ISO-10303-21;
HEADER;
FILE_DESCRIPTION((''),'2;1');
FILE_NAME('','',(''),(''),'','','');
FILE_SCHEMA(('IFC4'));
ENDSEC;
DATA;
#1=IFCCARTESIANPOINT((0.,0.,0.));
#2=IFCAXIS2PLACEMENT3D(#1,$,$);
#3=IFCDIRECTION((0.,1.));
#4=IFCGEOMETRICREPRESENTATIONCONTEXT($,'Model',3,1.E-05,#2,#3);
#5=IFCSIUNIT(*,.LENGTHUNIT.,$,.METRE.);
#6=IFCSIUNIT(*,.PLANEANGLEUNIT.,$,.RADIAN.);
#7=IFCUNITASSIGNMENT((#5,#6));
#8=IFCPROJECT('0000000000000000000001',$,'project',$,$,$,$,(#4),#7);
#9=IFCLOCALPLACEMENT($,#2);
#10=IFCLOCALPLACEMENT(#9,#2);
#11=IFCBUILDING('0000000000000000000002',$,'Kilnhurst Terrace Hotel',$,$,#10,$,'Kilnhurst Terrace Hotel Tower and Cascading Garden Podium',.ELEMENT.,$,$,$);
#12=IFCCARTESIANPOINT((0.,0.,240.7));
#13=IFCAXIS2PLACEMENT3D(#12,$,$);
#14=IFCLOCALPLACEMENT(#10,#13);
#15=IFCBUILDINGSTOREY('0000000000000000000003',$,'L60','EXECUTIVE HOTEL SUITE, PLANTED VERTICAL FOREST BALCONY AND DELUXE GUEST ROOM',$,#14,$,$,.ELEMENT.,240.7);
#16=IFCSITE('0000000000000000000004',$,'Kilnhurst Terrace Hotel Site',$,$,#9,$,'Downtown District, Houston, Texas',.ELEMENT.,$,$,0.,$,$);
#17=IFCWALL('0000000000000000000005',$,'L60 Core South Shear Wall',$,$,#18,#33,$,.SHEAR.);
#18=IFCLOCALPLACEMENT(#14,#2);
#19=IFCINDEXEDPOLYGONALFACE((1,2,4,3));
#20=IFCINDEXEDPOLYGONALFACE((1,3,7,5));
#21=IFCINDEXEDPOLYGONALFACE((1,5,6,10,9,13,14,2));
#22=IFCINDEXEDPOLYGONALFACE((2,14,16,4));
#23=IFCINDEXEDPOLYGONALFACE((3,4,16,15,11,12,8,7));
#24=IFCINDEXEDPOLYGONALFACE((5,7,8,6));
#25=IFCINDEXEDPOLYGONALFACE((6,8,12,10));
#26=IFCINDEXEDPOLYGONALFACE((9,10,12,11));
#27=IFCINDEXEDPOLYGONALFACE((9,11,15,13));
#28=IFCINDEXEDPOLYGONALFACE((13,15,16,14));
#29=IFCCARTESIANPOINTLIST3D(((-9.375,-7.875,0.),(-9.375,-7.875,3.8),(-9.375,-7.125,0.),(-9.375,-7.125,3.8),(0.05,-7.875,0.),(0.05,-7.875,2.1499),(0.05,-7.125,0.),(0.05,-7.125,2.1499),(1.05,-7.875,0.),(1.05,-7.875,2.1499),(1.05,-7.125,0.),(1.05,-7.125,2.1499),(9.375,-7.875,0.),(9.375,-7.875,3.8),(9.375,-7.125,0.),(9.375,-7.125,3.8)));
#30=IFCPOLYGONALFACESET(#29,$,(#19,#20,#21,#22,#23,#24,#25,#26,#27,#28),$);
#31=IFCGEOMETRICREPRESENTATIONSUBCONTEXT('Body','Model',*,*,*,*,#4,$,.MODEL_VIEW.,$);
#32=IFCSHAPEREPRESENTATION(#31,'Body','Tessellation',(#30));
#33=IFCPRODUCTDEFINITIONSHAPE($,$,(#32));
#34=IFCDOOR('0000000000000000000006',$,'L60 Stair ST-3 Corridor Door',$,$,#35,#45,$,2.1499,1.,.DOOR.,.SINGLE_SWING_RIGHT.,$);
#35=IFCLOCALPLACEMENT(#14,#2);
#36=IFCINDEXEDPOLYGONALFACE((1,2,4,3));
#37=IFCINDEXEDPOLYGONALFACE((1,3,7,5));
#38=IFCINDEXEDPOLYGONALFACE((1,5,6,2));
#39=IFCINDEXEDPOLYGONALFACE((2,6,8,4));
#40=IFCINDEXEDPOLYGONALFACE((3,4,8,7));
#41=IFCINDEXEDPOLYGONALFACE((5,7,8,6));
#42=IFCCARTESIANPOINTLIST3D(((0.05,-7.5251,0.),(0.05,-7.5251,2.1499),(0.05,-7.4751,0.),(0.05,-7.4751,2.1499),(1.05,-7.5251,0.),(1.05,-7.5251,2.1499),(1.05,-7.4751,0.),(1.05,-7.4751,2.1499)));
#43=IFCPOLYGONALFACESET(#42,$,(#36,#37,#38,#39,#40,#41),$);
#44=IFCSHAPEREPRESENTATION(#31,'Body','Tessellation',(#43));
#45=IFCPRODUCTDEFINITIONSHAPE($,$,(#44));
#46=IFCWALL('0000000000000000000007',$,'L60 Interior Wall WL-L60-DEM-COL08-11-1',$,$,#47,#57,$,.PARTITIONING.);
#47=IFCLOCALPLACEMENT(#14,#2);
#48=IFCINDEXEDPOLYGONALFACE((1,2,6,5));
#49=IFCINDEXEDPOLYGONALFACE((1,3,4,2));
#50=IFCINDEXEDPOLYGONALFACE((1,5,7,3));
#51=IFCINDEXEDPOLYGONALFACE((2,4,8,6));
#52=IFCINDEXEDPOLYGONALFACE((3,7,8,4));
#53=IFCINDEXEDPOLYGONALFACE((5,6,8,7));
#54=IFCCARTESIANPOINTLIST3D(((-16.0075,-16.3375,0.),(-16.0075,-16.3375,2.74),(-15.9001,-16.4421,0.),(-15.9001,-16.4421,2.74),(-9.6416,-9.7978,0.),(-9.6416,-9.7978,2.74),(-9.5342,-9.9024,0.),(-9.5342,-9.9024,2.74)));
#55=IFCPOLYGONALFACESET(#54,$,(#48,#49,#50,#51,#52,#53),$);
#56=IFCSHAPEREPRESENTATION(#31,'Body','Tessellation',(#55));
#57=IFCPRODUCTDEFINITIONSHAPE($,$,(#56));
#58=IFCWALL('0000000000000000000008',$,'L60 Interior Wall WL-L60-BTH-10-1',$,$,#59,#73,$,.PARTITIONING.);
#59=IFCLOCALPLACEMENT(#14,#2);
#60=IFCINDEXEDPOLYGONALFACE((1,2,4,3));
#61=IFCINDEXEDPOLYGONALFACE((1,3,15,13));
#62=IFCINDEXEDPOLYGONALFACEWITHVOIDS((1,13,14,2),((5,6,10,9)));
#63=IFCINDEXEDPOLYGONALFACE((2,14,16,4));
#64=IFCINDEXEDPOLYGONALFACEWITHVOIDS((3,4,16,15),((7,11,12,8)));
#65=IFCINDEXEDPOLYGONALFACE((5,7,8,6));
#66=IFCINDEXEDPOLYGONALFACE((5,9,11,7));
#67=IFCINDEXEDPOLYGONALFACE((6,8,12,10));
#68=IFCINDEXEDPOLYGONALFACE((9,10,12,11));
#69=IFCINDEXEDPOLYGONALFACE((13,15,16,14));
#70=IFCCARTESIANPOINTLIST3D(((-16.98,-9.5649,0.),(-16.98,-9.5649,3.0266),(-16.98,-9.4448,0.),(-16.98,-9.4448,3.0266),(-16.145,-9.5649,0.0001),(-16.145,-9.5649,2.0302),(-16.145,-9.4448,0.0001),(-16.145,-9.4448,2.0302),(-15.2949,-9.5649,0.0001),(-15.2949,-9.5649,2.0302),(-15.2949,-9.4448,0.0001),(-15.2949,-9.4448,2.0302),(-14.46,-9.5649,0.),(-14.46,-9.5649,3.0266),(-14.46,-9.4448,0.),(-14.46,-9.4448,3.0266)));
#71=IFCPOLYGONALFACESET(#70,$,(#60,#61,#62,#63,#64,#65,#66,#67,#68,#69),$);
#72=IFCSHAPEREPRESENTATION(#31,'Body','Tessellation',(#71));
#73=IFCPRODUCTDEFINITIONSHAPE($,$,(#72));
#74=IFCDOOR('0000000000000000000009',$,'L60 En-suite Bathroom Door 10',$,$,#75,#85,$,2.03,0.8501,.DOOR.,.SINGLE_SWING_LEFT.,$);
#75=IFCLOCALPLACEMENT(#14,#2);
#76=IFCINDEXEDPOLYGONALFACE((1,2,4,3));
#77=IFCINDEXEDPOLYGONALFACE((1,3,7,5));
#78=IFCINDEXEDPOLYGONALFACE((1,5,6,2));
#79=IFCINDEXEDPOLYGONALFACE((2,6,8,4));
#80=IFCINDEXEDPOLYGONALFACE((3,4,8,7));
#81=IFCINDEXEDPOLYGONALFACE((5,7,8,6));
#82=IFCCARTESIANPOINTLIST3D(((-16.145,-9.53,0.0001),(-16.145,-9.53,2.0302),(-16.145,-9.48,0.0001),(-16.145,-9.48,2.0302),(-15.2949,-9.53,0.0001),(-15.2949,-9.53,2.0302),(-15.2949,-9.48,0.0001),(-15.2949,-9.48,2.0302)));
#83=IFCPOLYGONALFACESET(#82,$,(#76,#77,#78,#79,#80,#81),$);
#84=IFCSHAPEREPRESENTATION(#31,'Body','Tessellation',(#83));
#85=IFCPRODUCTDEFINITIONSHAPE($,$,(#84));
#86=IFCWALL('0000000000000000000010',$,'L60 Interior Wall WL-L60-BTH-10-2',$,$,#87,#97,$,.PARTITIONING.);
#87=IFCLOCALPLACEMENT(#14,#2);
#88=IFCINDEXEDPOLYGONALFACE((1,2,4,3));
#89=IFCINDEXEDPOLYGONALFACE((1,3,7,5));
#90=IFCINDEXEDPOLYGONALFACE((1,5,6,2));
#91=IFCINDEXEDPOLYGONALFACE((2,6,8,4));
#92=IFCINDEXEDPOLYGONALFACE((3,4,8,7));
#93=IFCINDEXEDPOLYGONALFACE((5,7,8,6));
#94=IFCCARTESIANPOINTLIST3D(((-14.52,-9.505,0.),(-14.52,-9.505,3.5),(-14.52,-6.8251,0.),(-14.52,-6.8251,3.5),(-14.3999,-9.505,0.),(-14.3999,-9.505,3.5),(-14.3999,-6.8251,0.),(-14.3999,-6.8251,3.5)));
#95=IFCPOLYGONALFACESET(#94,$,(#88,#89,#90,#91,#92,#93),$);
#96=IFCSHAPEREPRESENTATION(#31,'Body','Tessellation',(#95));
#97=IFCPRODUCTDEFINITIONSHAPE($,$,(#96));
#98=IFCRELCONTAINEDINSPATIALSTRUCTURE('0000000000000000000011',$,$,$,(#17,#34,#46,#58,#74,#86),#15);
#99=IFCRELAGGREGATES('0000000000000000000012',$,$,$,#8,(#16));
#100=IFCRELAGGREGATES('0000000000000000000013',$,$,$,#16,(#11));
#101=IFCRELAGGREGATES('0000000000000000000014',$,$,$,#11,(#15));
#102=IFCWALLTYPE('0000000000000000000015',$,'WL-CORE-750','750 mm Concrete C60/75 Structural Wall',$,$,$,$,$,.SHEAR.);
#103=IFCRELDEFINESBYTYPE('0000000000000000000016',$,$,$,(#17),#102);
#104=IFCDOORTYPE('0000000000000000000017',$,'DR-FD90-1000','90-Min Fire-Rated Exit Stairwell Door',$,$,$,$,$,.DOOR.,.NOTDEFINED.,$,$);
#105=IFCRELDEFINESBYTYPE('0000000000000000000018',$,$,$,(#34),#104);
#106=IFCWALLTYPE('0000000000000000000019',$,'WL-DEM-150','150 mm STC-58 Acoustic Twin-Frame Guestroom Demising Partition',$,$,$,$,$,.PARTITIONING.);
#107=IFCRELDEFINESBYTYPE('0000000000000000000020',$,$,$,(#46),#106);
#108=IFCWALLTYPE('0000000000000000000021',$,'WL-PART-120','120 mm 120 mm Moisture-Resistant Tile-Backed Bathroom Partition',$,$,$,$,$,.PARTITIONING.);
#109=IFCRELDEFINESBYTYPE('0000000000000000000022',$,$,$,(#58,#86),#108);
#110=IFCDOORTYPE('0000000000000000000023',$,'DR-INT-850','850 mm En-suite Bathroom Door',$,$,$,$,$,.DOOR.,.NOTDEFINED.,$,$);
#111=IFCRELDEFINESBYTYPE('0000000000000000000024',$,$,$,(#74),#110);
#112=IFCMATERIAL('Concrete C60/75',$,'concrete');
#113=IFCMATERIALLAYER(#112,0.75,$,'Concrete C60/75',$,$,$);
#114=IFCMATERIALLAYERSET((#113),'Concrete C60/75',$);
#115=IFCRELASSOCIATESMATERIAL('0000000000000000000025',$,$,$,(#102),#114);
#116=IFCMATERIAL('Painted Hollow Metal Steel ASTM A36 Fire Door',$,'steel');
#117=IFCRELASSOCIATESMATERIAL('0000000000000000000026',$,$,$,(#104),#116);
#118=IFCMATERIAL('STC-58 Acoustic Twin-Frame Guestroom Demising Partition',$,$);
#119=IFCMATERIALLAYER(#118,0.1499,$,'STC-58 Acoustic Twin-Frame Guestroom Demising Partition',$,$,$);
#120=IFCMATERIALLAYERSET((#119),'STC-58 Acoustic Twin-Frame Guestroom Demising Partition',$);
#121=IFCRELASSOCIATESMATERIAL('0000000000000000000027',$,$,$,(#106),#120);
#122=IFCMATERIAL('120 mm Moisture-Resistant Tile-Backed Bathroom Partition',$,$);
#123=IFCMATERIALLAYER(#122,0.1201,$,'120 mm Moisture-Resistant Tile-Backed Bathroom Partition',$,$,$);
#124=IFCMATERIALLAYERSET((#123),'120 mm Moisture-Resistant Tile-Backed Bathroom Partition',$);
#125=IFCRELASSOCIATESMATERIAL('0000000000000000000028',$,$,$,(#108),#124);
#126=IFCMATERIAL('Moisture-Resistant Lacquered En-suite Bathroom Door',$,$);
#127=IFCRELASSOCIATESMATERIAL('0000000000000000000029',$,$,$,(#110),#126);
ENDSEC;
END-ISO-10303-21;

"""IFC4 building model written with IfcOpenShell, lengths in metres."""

from ifc_helpers import new_model, si_unit, direction, frame, frame_2d, origin, place, context, subcontext, project, spatial, rectangle, extrude, material, layer, layer_set, type_object, element, fill, save


model = new_model("IFC4")

# Units and contexts
model_context = context("Model", 3, precision=1e-05, world=origin(), true_north=direction((0.0, 1.0)))
body_context = subcontext(model_context, "Body", "Model", "MODEL_VIEW")
ifc_project = project(units=[si_unit("LENGTHUNIT", "METRE"), si_unit("PLANEANGLEUNIT", "RADIAN")], contexts=[model_context])

# Site, building, storey
site_placement = place(None, origin())
site = spatial("IfcSite", under=ifc_project, at=site_placement, Name="Kilnhurst Terrace Hotel Site", LongName="Downtown District, Houston, Texas", CompositionType="ELEMENT", RefElevation=0.0)
building_placement = place(site_placement, origin())
building = spatial("IfcBuilding", under=site, at=building_placement, Name="Kilnhurst Terrace Hotel", LongName="Kilnhurst Terrace Hotel Tower and Cascading Garden Podium", CompositionType="ELEMENT")
storey_placement = place(building_placement, frame((0.0, 0.0, 240.7)))
storey = spatial("IfcBuildingStorey", under=building, at=storey_placement, Name="L60", Description="EXECUTIVE HOTEL SUITE, PLANTED VERTICAL FOREST BALCONY AND DELUXE GUEST ROOM", CompositionType="ELEMENT", Elevation=240.7)

# Shared definitions
ifc_material_1 = material(Name="Concrete C60/75", Category="concrete")

# Wall, opening, door
ifc_layer_1 = layer(ifc_material_1, 0.75, Name="Concrete C60/75")
ifc_layer_set_1 = layer_set([ifc_layer_1], Name="Concrete C60/75")
wall_type_1 = type_object("IfcWallType", Name="WL-CORE-750", Description="750 mm Concrete C60/75 Structural Wall", PredefinedType="SHEAR", material=ifc_layer_set_1)
wall_1_placement = place(storey_placement, frame((-9.375, -7.5, 0.0), z_axis=(0.0, 0.0, 1.0), x_axis=(1.0, 0.0, 0.0)))
wall_1 = element("IfcWall", 1, at=wall_1_placement, inside=storey, type_object=wall_type_1, Name="L60 Core South Shear Wall", PredefinedType="SHEAR", context=body_context, shape_type="SweptSolid", body=[
    extrude(rectangle(XDim=18.75, YDim=0.75, at=frame_2d((9.375, 0.0))), origin(), (0.0, 0.0, 1.0), 3.8),
])
opening_1_placement = place(wall_1_placement, frame((9.425, 0.0, 0.0)))
opening_1 = element("IfcOpeningElement", 2, at=opening_1_placement, cuts=wall_1, PredefinedType="OPENING", context=body_context, shape_type="SweptSolid", body=[
    extrude(rectangle(XDim=1.0, YDim=2.1499, at=frame_2d((0.5, 1.075))), frame((0.0, 0.385, 0.0), z_axis=(0.0, -1.0, 0.0), x_axis=(1.0, 0.0, 0.0)), (0.0, 0.0, 1.0), 0.77),
])
ifc_material_2 = material(Name="Painted Hollow Metal Steel ASTM A36 Fire Door", Category="steel")
door_type_1 = type_object("IfcDoorType", Name="DR-FD90-1000", Description="90-Min Fire-Rated Exit Stairwell Door", OperationType="NOTDEFINED", PredefinedType="DOOR", material=ifc_material_2)
door_1_placement = place(opening_1_placement, origin())
door_1 = element("IfcDoor", 3, at=door_1_placement, inside=storey, type_object=door_type_1, Name="L60 Stair ST-3 Corridor Door", OperationType="SINGLE_SWING_RIGHT", OverallHeight=2.1499, OverallWidth=1.0, PredefinedType="DOOR", context=body_context, shape_type="SweptSolid", body=[
    extrude(rectangle(XDim=1.0, YDim=2.1499, at=frame_2d((0.5, 1.075))), frame((0.0, 0.0249, 0.0), z_axis=(0.0, -1.0, 0.0), x_axis=(1.0, 0.0, 0.0)), (0.0, 0.0, 1.0), 0.05),
])
fill(opening_1, door_1)

# Wall
ifc_material_3 = material(Name="STC-58 Acoustic Twin-Frame Guestroom Demising Partition")
ifc_layer_2 = layer(ifc_material_3, 0.1499, Name="STC-58 Acoustic Twin-Frame Guestroom Demising Partition")
ifc_layer_set_2 = layer_set([ifc_layer_2], Name="STC-58 Acoustic Twin-Frame Guestroom Demising Partition")
wall_type_2 = type_object("IfcWallType", Name="WL-DEM-150", Description="150 mm STC-58 Acoustic Twin-Frame Guestroom Demising Partition", PredefinedType="PARTITIONING", material=ifc_layer_set_2)
wall_2_placement = place(storey_placement, frame((-9.5879, -9.8501, 0.0), z_axis=(0.0, 0.0, 1.0), x_axis=(-0.697519, -0.716566, 0.0)))
element("IfcWall", 4, at=wall_2_placement, inside=storey, type_object=wall_type_2, Name="L60 Interior Wall WL-L60-DEM-COL08-11-1", PredefinedType="PARTITIONING", context=body_context, shape_type="SweptSolid", body=[
    extrude(rectangle(XDim=9.1265, YDim=0.1499, at=frame_2d((4.5632, 0.0))), origin(), (0.0, 0.0, 1.0), 2.74),
])

# Wall, opening, door
ifc_material_4 = material(Name="120 mm Moisture-Resistant Tile-Backed Bathroom Partition")
ifc_layer_3 = layer(ifc_material_4, 0.1201, Name="120 mm Moisture-Resistant Tile-Backed Bathroom Partition")
ifc_layer_set_3 = layer_set([ifc_layer_3], Name="120 mm Moisture-Resistant Tile-Backed Bathroom Partition")
wall_type_3 = type_object("IfcWallType", Name="WL-PART-120", Description="120 mm 120 mm Moisture-Resistant Tile-Backed Bathroom Partition", PredefinedType="PARTITIONING", material=ifc_layer_set_3)
wall_3_placement = place(storey_placement, frame((-16.98, -9.5049, 0.0), z_axis=(0.0, 0.0, 1.0), x_axis=(1.0, 0.0, 0.0)))
wall_3 = element("IfcWall", 5, at=wall_3_placement, inside=storey, type_object=wall_type_3, Name="L60 Interior Wall WL-L60-BTH-10-1", PredefinedType="PARTITIONING", context=body_context, shape_type="SweptSolid", body=[
    extrude(rectangle(XDim=2.52, YDim=0.1201, at=frame_2d((1.26, 0.0))), origin(), (0.0, 0.0, 1.0), 3.0266),
])
opening_2_placement = place(wall_3_placement, frame((0.835, 0.0, 0.0)))
opening_2 = element("IfcOpeningElement", 6, at=opening_2_placement, cuts=wall_3, PredefinedType="OPENING", context=body_context, shape_type="SweptSolid", body=[
    extrude(rectangle(XDim=0.8501, YDim=2.03, at=frame_2d((0.425, 1.0151))), frame((0.0, 0.0701, 0.0), z_axis=(0.0, -1.0, 0.0), x_axis=(1.0, 0.0, 0.0)), (0.0, 0.0, 1.0), 0.1401),
])
ifc_material_5 = material(Name="Moisture-Resistant Lacquered En-suite Bathroom Door")
door_type_2 = type_object("IfcDoorType", Name="DR-INT-850", Description="850 mm En-suite Bathroom Door", OperationType="NOTDEFINED", PredefinedType="DOOR", material=ifc_material_5)
door_2_placement = place(opening_2_placement, origin())
door_2 = element("IfcDoor", 7, at=door_2_placement, inside=storey, type_object=door_type_2, Name="L60 En-suite Bathroom Door 10", OperationType="SINGLE_SWING_LEFT", OverallHeight=2.03, OverallWidth=0.8501, PredefinedType="DOOR", context=body_context, shape_type="SweptSolid", body=[
    extrude(rectangle(XDim=0.8501, YDim=2.03, at=frame_2d((0.425, 1.0151))), frame((0.0, 0.0249, 0.0), z_axis=(0.0, -1.0, 0.0), x_axis=(1.0, 0.0, 0.0)), (0.0, 0.0, 1.0), 0.05),
])
fill(opening_2, door_2)

# Wall
wall_4_placement = place(storey_placement, frame((-14.46, -9.5049, 0.0), z_axis=(0.0, 0.0, 1.0), x_axis=(0.0, 1.0, 0.0)))
element("IfcWall", 8, at=wall_4_placement, inside=storey, type_object=wall_type_3, Name="L60 Interior Wall WL-L60-BTH-10-2", PredefinedType="PARTITIONING", context=body_context, shape_type="SweptSolid", body=[
    extrude(rectangle(XDim=2.6799, YDim=0.1201, at=frame_2d((1.3398, 0.0))), origin(), (0.0, 0.0, 1.0), 3.5),
])

save(model, "model.ifc")
